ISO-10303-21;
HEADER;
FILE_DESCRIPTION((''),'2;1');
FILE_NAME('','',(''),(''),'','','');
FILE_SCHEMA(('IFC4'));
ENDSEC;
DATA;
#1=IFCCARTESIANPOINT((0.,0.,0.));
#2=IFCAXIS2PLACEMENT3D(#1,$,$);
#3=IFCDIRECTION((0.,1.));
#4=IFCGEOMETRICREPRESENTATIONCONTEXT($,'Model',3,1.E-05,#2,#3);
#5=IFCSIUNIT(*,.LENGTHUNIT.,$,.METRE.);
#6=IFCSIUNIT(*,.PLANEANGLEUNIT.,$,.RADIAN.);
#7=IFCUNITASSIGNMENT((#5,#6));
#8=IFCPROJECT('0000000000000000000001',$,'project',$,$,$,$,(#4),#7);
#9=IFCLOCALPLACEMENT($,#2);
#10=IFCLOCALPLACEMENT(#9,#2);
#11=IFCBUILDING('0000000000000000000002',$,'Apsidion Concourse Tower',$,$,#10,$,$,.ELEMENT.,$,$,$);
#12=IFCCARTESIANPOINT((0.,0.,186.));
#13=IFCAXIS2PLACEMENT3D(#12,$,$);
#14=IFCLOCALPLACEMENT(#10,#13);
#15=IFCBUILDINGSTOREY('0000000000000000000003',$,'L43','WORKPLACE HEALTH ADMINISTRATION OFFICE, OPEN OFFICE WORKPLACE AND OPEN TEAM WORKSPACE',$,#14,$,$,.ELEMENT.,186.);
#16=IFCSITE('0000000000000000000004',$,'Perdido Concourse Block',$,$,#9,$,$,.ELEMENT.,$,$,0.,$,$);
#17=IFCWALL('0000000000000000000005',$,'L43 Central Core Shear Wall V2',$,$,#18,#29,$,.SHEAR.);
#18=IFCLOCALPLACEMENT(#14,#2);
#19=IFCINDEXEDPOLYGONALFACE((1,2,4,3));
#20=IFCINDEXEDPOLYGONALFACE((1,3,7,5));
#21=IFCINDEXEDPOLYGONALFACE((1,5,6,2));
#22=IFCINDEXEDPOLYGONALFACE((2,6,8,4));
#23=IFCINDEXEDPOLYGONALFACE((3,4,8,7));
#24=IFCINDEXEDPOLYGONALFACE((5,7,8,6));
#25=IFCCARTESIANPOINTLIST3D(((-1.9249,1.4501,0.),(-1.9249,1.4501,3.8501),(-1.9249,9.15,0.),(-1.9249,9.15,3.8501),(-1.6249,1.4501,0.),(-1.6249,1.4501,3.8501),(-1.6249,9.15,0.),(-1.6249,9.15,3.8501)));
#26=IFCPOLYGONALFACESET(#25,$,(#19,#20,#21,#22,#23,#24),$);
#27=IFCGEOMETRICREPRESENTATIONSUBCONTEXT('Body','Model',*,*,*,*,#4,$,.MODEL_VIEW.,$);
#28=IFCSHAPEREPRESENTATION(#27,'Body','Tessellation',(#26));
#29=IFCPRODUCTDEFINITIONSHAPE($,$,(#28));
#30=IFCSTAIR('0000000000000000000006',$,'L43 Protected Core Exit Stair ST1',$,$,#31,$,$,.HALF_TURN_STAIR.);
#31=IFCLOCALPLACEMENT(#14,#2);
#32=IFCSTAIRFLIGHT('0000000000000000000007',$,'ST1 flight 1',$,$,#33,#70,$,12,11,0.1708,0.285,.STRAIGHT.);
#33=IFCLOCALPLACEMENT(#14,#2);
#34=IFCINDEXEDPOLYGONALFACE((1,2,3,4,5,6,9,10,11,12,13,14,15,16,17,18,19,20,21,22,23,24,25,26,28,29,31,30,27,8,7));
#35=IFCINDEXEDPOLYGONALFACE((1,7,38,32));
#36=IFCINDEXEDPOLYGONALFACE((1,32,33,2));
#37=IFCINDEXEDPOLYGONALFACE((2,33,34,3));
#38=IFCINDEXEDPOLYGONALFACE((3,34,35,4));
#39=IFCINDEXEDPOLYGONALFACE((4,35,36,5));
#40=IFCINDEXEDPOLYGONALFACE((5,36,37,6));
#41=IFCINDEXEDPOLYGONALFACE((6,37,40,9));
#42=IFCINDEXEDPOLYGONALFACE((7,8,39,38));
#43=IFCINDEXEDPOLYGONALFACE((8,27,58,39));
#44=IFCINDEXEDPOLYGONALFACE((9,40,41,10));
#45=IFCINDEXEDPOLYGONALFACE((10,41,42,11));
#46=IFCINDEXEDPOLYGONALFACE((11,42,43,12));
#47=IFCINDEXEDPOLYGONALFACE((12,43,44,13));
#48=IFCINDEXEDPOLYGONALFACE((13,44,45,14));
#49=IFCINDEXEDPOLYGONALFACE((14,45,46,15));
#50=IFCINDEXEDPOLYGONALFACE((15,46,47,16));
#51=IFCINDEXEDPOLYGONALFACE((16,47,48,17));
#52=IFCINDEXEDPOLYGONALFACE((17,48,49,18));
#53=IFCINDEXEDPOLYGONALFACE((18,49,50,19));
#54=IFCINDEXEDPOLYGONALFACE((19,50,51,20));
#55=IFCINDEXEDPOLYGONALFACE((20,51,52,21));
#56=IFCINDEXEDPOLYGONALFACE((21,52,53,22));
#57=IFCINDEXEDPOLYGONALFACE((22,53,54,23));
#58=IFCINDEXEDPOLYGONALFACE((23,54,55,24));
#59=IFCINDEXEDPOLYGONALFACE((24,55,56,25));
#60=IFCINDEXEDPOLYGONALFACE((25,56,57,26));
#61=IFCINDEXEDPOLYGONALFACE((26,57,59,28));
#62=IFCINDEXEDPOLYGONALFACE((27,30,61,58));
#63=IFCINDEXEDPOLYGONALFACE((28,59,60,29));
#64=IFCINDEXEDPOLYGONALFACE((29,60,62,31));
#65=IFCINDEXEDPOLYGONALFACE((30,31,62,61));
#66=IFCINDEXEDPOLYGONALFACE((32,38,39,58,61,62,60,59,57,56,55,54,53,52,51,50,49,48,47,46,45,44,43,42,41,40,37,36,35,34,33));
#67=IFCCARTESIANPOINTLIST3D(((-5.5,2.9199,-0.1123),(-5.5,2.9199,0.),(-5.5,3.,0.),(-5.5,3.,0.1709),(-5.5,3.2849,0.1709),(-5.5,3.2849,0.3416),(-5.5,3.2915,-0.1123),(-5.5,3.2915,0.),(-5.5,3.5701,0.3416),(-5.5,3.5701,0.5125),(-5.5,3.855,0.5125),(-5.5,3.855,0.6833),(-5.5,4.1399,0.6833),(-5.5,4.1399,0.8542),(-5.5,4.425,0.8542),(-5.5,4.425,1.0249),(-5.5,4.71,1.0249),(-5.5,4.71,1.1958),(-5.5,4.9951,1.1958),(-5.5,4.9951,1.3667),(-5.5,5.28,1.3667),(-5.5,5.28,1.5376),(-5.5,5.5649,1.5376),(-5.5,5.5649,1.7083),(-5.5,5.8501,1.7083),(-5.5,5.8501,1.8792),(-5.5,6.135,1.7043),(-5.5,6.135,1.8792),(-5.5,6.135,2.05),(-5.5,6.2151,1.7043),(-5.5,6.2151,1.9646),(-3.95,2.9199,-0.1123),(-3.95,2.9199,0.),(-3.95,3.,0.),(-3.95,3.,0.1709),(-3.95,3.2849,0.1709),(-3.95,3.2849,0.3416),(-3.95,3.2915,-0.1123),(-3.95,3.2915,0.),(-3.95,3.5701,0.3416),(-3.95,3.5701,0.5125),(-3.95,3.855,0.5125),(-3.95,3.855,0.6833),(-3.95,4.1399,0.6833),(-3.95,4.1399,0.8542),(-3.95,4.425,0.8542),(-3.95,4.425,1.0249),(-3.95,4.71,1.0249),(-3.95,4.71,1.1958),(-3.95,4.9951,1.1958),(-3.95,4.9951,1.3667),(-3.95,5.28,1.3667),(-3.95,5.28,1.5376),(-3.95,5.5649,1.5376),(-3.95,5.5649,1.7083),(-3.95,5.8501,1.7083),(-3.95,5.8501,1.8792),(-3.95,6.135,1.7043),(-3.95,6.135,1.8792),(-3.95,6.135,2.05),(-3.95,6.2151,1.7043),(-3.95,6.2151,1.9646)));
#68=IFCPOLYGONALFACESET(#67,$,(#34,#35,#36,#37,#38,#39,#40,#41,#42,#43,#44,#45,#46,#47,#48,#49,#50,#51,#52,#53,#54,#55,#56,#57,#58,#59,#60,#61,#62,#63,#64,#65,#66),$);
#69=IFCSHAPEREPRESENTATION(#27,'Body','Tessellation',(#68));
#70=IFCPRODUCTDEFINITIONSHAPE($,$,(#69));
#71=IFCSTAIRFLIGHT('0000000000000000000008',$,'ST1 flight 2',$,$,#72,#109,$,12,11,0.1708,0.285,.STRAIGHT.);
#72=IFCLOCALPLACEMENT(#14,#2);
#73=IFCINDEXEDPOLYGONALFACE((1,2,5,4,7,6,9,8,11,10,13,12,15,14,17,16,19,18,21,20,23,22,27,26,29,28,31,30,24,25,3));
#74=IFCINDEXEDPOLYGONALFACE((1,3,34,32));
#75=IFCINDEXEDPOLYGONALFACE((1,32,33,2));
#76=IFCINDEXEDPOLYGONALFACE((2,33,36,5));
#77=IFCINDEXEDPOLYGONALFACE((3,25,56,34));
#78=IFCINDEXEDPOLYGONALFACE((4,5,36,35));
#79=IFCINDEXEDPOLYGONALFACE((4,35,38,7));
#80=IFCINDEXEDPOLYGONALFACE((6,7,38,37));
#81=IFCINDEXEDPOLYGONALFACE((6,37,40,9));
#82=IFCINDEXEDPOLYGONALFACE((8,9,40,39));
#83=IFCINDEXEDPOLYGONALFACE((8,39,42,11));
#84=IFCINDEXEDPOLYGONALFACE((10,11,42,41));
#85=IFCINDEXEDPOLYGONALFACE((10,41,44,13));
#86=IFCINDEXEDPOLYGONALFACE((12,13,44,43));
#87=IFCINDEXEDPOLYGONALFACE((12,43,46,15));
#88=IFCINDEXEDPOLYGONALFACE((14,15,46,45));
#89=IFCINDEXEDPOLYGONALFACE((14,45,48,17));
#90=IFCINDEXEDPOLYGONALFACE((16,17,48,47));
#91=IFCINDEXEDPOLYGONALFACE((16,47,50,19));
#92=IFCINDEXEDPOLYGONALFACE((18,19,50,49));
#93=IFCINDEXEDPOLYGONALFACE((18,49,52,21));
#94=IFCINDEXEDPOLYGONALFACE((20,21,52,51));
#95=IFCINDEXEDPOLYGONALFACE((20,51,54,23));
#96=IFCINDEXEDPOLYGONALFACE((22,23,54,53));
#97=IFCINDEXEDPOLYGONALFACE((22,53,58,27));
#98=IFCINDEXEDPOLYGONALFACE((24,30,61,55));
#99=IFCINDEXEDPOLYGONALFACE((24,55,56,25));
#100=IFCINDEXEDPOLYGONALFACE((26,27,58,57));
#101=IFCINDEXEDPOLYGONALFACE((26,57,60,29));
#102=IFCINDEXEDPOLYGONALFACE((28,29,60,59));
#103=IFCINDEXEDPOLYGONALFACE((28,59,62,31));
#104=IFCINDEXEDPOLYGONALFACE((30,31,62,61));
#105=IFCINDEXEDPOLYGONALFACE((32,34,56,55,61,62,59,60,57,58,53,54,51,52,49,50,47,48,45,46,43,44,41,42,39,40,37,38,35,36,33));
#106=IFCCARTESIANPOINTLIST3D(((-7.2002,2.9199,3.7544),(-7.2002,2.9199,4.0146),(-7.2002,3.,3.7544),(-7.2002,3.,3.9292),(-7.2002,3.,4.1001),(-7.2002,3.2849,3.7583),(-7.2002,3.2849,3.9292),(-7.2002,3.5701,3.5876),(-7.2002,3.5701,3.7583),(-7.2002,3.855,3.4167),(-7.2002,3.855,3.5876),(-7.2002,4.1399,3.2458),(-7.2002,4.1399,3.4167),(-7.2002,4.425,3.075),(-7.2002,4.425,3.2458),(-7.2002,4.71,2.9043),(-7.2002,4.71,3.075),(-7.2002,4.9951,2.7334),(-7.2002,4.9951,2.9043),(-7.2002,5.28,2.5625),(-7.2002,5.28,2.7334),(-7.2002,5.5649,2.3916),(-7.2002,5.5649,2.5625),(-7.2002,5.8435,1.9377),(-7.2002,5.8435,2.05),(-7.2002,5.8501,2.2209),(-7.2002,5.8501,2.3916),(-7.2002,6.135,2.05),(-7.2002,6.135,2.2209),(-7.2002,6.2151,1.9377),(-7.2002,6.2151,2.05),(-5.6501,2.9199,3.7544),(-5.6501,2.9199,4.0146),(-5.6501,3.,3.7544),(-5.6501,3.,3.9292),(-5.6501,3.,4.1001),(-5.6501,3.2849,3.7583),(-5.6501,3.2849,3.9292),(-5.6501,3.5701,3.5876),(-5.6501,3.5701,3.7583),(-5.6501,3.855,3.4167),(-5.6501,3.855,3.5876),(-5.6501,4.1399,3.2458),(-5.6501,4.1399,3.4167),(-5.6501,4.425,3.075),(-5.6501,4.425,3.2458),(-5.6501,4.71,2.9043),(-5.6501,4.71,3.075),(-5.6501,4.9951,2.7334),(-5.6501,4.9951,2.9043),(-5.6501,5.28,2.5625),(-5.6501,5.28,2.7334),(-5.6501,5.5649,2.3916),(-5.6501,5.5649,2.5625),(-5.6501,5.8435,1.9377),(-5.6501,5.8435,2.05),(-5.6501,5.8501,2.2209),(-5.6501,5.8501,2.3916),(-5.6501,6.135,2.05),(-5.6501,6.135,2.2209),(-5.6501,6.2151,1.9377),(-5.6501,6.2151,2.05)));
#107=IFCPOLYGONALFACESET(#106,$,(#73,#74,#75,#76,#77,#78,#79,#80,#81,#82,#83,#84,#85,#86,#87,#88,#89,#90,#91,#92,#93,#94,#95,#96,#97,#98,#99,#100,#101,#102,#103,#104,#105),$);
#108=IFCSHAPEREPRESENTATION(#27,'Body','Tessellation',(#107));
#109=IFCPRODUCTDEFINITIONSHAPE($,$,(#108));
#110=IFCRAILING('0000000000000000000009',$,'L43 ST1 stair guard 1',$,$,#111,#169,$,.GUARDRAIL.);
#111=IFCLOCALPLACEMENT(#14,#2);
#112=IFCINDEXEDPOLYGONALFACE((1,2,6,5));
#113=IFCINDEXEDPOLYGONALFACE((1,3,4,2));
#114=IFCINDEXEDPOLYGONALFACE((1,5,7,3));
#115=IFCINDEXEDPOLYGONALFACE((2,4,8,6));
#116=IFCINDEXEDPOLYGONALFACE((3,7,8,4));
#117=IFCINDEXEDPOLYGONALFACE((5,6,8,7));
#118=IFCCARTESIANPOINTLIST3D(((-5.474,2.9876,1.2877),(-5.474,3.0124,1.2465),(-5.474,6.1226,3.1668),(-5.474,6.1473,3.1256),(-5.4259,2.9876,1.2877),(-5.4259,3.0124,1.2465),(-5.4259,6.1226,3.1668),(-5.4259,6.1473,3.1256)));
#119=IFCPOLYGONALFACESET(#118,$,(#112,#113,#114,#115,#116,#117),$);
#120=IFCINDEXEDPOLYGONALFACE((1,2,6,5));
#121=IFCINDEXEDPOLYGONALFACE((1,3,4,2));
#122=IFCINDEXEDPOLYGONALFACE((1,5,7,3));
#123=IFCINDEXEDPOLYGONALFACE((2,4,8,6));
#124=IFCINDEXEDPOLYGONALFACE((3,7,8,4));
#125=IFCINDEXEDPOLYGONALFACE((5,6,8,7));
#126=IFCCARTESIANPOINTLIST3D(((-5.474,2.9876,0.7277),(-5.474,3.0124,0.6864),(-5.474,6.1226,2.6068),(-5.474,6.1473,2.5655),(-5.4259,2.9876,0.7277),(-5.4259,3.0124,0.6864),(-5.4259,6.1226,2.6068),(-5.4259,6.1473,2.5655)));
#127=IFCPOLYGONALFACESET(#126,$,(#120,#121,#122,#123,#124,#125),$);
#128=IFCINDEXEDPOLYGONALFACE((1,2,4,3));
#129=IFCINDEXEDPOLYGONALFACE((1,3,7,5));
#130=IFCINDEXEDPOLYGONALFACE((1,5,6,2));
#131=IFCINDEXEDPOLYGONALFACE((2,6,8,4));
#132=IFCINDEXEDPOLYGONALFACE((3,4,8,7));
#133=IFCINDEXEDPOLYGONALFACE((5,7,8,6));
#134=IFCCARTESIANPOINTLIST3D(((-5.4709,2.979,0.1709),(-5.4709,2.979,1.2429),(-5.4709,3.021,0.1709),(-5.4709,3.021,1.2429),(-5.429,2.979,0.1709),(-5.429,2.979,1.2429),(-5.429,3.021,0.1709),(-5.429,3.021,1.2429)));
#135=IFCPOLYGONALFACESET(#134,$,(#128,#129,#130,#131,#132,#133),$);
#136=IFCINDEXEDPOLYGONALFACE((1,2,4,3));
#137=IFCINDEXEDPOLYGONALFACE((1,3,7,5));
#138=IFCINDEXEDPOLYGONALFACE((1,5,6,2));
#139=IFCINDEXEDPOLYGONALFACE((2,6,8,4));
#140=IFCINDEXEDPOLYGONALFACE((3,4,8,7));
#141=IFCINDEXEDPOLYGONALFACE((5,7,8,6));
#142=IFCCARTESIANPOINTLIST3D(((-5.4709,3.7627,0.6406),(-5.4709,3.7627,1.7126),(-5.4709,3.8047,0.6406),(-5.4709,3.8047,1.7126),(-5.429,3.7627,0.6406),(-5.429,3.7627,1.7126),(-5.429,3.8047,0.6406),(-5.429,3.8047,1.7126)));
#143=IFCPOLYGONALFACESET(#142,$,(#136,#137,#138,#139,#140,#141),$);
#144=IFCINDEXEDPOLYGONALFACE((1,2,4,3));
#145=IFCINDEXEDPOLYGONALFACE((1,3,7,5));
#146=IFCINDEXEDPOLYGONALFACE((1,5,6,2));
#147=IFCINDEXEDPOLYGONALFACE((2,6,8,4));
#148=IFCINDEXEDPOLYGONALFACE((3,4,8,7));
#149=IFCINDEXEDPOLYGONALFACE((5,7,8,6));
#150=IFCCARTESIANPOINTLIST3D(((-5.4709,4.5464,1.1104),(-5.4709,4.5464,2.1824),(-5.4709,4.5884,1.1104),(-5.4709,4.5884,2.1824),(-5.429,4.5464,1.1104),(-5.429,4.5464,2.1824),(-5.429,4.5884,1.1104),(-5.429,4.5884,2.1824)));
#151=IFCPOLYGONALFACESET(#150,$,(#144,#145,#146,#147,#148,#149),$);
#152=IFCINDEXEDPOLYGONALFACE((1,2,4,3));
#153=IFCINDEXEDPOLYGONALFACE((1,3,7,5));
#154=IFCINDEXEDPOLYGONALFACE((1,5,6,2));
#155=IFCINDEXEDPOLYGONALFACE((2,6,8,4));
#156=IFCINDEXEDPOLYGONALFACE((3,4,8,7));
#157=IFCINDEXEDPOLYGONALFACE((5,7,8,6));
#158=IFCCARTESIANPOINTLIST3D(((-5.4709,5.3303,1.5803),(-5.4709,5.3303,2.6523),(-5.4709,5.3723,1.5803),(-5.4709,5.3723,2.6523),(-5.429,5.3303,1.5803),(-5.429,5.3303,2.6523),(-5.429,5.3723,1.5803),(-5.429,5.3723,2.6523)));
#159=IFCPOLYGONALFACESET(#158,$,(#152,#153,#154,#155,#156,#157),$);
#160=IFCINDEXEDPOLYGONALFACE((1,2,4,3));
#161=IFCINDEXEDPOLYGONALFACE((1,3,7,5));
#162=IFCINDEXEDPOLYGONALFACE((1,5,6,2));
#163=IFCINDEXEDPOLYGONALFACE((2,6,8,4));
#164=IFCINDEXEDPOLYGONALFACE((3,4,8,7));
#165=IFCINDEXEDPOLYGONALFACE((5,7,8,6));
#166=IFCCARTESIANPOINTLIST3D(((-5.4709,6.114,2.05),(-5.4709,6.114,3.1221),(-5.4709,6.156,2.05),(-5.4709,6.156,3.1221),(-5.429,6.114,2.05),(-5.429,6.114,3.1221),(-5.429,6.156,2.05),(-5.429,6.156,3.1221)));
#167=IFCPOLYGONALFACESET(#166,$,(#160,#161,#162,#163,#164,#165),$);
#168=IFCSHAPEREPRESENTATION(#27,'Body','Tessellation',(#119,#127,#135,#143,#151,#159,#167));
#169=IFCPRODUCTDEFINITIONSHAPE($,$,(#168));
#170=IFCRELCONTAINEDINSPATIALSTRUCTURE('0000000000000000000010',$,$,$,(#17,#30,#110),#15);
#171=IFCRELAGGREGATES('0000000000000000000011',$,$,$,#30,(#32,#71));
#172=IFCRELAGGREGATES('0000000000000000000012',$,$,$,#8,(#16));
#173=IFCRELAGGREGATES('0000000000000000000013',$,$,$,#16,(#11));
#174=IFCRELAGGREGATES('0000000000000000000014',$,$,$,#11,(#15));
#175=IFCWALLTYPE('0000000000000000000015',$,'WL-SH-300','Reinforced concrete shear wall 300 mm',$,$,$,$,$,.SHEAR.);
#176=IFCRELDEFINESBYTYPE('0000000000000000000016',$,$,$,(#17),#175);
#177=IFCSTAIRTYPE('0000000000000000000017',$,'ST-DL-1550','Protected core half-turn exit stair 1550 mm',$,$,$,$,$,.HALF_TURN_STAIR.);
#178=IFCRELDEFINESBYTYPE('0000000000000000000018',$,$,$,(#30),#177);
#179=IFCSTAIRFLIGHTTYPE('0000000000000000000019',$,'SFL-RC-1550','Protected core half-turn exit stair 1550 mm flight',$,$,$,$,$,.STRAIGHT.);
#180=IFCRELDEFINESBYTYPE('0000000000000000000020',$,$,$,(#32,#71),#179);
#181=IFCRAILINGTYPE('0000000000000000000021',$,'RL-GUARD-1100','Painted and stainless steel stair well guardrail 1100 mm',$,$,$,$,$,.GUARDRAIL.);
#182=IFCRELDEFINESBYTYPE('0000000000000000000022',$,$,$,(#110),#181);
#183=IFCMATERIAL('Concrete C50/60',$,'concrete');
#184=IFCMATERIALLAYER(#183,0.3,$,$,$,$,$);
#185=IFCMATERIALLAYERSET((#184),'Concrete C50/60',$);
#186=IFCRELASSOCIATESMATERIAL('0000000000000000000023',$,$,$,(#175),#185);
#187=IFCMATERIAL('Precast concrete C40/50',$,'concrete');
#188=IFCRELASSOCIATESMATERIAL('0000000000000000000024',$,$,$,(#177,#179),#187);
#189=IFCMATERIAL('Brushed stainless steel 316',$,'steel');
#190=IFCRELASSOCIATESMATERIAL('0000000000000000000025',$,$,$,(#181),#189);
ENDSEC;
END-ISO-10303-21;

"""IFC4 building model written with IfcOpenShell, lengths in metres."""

from ifc_helpers import new_model, si_unit, direction, frame, frame_2d, origin, origin_2d, place, context, subcontext, project, spatial, polyline, rectangle, outline, extrude, material, layer, layer_set, type_object, element, aggregate, save


model = new_model("IFC4")

# Units and contexts
model_context = context("Model", 3, precision=1e-05, world=origin(), true_north=direction((0.0, 1.0)))
body_context = subcontext(model_context, "Body", "Model", "MODEL_VIEW")
ifc_project = project(units=[si_unit("LENGTHUNIT", "METRE"), si_unit("PLANEANGLEUNIT", "RADIAN")], contexts=[model_context])

# Site, building, storey
site_placement = place(None, origin())
site = spatial("IfcSite", under=ifc_project, at=site_placement, Name="Perdido Concourse Block", CompositionType="ELEMENT", RefElevation=0.0)
building_placement = place(site_placement, origin())
building = spatial("IfcBuilding", under=site, at=building_placement, Name="Apsidion Concourse Tower", CompositionType="ELEMENT")
storey_placement = place(building_placement, frame((0.0, 0.0, 186.0)))
storey = spatial("IfcBuildingStorey", under=building, at=storey_placement, Name="L43", Description="WORKPLACE HEALTH ADMINISTRATION OFFICE, OPEN OFFICE WORKPLACE AND OPEN TEAM WORKSPACE", CompositionType="ELEMENT", Elevation=186.0)

# Shared definitions
ifc_material_1 = material(Name="Concrete C50/60", Category="concrete")

# Wall
ifc_layer_1 = layer(ifc_material_1, 0.3)
ifc_layer_set_1 = layer_set([ifc_layer_1], Name="Concrete C50/60")
wall_type_1 = type_object("IfcWallType", Name="WL-SH-300", Description="Reinforced concrete shear wall 300 mm", PredefinedType="SHEAR", material=ifc_layer_set_1)
for number, where, z_axis, x_axis, name in (
    (1, (-1.7749, 1.45, 0.0), (0.0, 0.0, 1.0), (0.0, 1.0, 0.0), "L43 Central Core Shear Wall V2"),
):
    element("IfcWall", number, at=place(storey_placement, frame(where, z_axis=z_axis, x_axis=x_axis)), inside=storey, type_object=wall_type_1, Name=name, PredefinedType="SHEAR", context=body_context, shape_type="SweptSolid", body=[
        extrude(rectangle(XDim=7.7, YDim=0.3, at=frame_2d((3.8501, 0.0))), origin(), (0.0, 0.0, 1.0), 3.8501),
    ])

# Shared definitions
ifc_material_2 = material(Name="Brushed stainless steel 316", Category="steel")

# Stair, stair flights
ifc_material_3 = material(Name="Precast concrete C40/50", Category="concrete")
stair_type = type_object("IfcStairType", Name="ST-DL-1550", Description="Protected core half-turn exit stair 1550 mm", PredefinedType="HALF_TURN_STAIR", material=ifc_material_3)
stair_placement = place(storey_placement, origin())
stair = element("IfcStair", 2, at=stair_placement, inside=storey, type_object=stair_type, Name="L43 Protected Core Exit Stair ST1", PredefinedType="HALF_TURN_STAIR")
stair_flight_type = type_object("IfcStairFlightType", Name="SFL-RC-1550", Description="Protected core half-turn exit stair 1550 mm flight", PredefinedType="STRAIGHT", material=ifc_material_3)
stair_flight_1_placement = place(storey_placement, frame((-4.7251, 3.0, 0.0), z_axis=(0.0, 0.0, 1.0), x_axis=(0.0, 1.0, 0.0)))
stair_flight_1 = element("IfcStairFlight", 3, at=stair_flight_1_placement, type_object=stair_flight_type, Name="ST1 flight 1", NumberOfRisers=12, NumberOfTreads=11, PredefinedType="STRAIGHT", RiserHeight=0.1708, TreadLength=0.285, context=body_context, shape_type="SweptSolid", body=[
    extrude(outline(polyline([(-0.0801, -0.1123), (-0.0801, 0.0), (0.0, 0.0), (0.0, 0.1709), (0.2849, 0.1709), (0.2849, 0.3416), (0.5701, 0.3416), (0.5701, 0.5125), (0.855, 0.5125), (0.855, 0.6833), (1.1399, 0.6833), (1.1399, 0.8542), (1.425, 0.8542), (1.425, 1.0249), (1.71, 1.0249), (1.71, 1.1958), (1.9951, 1.1958), (1.9951, 1.3667), (2.28, 1.3667), (2.28, 1.5376), (2.5649, 1.5376), (2.5649, 1.7083), (2.8501, 1.7083), (2.8501, 1.8792), (3.135, 1.8792), (3.135, 2.05), (3.2151, 1.9646), (3.2151, 1.7043), (3.135, 1.7043), (0.2915, 0.0), (0.2915, -0.1123), (-0.0801, -0.1123)])), frame((0.0, 0.7749, 0.0), z_axis=(0.0, -1.0, 0.0), x_axis=(1.0, 0.0, 0.0)), (0.0, 0.0, 1.0), 1.55),
])
stair_flight_2_placement = place(storey_placement, frame((-6.425, 6.135, 2.05), z_axis=(0.0, 0.0, 1.0), x_axis=(0.0, -1.0, 0.0)))
stair_flight_2 = element("IfcStairFlight", 4, at=stair_flight_2_placement, type_object=stair_flight_type, Name="ST1 flight 2", NumberOfRisers=12, NumberOfTreads=11, PredefinedType="STRAIGHT", RiserHeight=0.1708, TreadLength=0.285, context=body_context, shape_type="SweptSolid", body=[
    extrude(outline(polyline([(-0.0801, -0.1123), (-0.0801, 0.0), (0.0, 0.0), (0.0, 0.1709), (0.2849, 0.1709), (0.2849, 0.3416), (0.5701, 0.3416), (0.5701, 0.5125), (0.855, 0.5125), (0.855, 0.6833), (1.1399, 0.6833), (1.1399, 0.8542), (1.425, 0.8542), (1.425, 1.0249), (1.71, 1.0249), (1.71, 1.1958), (1.9951, 1.1958), (1.9951, 1.3667), (2.28, 1.3667), (2.28, 1.5376), (2.5649, 1.5376), (2.5649, 1.7083), (2.8501, 1.7083), (2.8501, 1.8792), (3.135, 1.8792), (3.135, 2.05), (3.2151, 1.9646), (3.2151, 1.7043), (3.135, 1.7043), (0.2915, 0.0), (0.2915, -0.1123), (-0.0801, -0.1123)])), frame((0.0, 0.7749, 0.0), z_axis=(0.0, -1.0, 0.0), x_axis=(1.0, 0.0, 0.0)), (0.0, 0.0, 1.0), 1.55),
])
aggregate(stair, [stair_flight_1, stair_flight_2])

# Railing
railing_type_1 = type_object("IfcRailingType", Name="RL-GUARD-1100", Description="Painted and stainless steel stair well guardrail 1100 mm", PredefinedType="GUARDRAIL", material=ifc_material_2)
railing_1_placement = place(storey_placement, frame((-5.45, 3.0, 0.1709)))
element("IfcRailing", 5, at=railing_1_placement, inside=storey, type_object=railing_type_1, Name="L43 ST1 stair guard 1", PredefinedType="GUARDRAIL", context=body_context, shape_type="SweptSolid", body=[
    extrude(rectangle(XDim=0.0481, YDim=0.0481, at=origin_2d()), frame((0.0, 0.0, 1.0962), z_axis=(0.0, 0.857717, 0.514122), x_axis=(-1.0, 0.0, 0.0)), (0.0, 0.0, 1.0), 3.655),
    extrude(rectangle(XDim=0.0481, YDim=0.0481, at=origin_2d()), frame((0.0, 0.0, 0.5361), z_axis=(0.0, 0.857717, 0.514122), x_axis=(-1.0, 0.0, 0.0)), (0.0, 0.0, 1.0), 3.655),
    extrude(rectangle(XDim=0.042, YDim=0.042, at=origin_2d()), origin(), (0.0, 0.0, 1.0), 1.072),
    extrude(rectangle(XDim=0.042, YDim=0.042, at=origin_2d()), frame((0.0, 0.7837, 0.4697)), (0.0, 0.0, 1.0), 1.072),
    extrude(rectangle(XDim=0.042, YDim=0.042, at=origin_2d()), frame((0.0, 1.5674, 0.9395)), (0.0, 0.0, 1.0), 1.072),
    extrude(rectangle(XDim=0.042, YDim=0.042, at=origin_2d()), frame((0.0, 2.3513, 1.4094)), (0.0, 0.0, 1.0), 1.072),
    extrude(rectangle(XDim=0.042, YDim=0.042, at=origin_2d()), frame((0.0, 3.135, 1.8792)), (0.0, 0.0, 1.0), 1.072),
])

save(model, "model.ifc")
